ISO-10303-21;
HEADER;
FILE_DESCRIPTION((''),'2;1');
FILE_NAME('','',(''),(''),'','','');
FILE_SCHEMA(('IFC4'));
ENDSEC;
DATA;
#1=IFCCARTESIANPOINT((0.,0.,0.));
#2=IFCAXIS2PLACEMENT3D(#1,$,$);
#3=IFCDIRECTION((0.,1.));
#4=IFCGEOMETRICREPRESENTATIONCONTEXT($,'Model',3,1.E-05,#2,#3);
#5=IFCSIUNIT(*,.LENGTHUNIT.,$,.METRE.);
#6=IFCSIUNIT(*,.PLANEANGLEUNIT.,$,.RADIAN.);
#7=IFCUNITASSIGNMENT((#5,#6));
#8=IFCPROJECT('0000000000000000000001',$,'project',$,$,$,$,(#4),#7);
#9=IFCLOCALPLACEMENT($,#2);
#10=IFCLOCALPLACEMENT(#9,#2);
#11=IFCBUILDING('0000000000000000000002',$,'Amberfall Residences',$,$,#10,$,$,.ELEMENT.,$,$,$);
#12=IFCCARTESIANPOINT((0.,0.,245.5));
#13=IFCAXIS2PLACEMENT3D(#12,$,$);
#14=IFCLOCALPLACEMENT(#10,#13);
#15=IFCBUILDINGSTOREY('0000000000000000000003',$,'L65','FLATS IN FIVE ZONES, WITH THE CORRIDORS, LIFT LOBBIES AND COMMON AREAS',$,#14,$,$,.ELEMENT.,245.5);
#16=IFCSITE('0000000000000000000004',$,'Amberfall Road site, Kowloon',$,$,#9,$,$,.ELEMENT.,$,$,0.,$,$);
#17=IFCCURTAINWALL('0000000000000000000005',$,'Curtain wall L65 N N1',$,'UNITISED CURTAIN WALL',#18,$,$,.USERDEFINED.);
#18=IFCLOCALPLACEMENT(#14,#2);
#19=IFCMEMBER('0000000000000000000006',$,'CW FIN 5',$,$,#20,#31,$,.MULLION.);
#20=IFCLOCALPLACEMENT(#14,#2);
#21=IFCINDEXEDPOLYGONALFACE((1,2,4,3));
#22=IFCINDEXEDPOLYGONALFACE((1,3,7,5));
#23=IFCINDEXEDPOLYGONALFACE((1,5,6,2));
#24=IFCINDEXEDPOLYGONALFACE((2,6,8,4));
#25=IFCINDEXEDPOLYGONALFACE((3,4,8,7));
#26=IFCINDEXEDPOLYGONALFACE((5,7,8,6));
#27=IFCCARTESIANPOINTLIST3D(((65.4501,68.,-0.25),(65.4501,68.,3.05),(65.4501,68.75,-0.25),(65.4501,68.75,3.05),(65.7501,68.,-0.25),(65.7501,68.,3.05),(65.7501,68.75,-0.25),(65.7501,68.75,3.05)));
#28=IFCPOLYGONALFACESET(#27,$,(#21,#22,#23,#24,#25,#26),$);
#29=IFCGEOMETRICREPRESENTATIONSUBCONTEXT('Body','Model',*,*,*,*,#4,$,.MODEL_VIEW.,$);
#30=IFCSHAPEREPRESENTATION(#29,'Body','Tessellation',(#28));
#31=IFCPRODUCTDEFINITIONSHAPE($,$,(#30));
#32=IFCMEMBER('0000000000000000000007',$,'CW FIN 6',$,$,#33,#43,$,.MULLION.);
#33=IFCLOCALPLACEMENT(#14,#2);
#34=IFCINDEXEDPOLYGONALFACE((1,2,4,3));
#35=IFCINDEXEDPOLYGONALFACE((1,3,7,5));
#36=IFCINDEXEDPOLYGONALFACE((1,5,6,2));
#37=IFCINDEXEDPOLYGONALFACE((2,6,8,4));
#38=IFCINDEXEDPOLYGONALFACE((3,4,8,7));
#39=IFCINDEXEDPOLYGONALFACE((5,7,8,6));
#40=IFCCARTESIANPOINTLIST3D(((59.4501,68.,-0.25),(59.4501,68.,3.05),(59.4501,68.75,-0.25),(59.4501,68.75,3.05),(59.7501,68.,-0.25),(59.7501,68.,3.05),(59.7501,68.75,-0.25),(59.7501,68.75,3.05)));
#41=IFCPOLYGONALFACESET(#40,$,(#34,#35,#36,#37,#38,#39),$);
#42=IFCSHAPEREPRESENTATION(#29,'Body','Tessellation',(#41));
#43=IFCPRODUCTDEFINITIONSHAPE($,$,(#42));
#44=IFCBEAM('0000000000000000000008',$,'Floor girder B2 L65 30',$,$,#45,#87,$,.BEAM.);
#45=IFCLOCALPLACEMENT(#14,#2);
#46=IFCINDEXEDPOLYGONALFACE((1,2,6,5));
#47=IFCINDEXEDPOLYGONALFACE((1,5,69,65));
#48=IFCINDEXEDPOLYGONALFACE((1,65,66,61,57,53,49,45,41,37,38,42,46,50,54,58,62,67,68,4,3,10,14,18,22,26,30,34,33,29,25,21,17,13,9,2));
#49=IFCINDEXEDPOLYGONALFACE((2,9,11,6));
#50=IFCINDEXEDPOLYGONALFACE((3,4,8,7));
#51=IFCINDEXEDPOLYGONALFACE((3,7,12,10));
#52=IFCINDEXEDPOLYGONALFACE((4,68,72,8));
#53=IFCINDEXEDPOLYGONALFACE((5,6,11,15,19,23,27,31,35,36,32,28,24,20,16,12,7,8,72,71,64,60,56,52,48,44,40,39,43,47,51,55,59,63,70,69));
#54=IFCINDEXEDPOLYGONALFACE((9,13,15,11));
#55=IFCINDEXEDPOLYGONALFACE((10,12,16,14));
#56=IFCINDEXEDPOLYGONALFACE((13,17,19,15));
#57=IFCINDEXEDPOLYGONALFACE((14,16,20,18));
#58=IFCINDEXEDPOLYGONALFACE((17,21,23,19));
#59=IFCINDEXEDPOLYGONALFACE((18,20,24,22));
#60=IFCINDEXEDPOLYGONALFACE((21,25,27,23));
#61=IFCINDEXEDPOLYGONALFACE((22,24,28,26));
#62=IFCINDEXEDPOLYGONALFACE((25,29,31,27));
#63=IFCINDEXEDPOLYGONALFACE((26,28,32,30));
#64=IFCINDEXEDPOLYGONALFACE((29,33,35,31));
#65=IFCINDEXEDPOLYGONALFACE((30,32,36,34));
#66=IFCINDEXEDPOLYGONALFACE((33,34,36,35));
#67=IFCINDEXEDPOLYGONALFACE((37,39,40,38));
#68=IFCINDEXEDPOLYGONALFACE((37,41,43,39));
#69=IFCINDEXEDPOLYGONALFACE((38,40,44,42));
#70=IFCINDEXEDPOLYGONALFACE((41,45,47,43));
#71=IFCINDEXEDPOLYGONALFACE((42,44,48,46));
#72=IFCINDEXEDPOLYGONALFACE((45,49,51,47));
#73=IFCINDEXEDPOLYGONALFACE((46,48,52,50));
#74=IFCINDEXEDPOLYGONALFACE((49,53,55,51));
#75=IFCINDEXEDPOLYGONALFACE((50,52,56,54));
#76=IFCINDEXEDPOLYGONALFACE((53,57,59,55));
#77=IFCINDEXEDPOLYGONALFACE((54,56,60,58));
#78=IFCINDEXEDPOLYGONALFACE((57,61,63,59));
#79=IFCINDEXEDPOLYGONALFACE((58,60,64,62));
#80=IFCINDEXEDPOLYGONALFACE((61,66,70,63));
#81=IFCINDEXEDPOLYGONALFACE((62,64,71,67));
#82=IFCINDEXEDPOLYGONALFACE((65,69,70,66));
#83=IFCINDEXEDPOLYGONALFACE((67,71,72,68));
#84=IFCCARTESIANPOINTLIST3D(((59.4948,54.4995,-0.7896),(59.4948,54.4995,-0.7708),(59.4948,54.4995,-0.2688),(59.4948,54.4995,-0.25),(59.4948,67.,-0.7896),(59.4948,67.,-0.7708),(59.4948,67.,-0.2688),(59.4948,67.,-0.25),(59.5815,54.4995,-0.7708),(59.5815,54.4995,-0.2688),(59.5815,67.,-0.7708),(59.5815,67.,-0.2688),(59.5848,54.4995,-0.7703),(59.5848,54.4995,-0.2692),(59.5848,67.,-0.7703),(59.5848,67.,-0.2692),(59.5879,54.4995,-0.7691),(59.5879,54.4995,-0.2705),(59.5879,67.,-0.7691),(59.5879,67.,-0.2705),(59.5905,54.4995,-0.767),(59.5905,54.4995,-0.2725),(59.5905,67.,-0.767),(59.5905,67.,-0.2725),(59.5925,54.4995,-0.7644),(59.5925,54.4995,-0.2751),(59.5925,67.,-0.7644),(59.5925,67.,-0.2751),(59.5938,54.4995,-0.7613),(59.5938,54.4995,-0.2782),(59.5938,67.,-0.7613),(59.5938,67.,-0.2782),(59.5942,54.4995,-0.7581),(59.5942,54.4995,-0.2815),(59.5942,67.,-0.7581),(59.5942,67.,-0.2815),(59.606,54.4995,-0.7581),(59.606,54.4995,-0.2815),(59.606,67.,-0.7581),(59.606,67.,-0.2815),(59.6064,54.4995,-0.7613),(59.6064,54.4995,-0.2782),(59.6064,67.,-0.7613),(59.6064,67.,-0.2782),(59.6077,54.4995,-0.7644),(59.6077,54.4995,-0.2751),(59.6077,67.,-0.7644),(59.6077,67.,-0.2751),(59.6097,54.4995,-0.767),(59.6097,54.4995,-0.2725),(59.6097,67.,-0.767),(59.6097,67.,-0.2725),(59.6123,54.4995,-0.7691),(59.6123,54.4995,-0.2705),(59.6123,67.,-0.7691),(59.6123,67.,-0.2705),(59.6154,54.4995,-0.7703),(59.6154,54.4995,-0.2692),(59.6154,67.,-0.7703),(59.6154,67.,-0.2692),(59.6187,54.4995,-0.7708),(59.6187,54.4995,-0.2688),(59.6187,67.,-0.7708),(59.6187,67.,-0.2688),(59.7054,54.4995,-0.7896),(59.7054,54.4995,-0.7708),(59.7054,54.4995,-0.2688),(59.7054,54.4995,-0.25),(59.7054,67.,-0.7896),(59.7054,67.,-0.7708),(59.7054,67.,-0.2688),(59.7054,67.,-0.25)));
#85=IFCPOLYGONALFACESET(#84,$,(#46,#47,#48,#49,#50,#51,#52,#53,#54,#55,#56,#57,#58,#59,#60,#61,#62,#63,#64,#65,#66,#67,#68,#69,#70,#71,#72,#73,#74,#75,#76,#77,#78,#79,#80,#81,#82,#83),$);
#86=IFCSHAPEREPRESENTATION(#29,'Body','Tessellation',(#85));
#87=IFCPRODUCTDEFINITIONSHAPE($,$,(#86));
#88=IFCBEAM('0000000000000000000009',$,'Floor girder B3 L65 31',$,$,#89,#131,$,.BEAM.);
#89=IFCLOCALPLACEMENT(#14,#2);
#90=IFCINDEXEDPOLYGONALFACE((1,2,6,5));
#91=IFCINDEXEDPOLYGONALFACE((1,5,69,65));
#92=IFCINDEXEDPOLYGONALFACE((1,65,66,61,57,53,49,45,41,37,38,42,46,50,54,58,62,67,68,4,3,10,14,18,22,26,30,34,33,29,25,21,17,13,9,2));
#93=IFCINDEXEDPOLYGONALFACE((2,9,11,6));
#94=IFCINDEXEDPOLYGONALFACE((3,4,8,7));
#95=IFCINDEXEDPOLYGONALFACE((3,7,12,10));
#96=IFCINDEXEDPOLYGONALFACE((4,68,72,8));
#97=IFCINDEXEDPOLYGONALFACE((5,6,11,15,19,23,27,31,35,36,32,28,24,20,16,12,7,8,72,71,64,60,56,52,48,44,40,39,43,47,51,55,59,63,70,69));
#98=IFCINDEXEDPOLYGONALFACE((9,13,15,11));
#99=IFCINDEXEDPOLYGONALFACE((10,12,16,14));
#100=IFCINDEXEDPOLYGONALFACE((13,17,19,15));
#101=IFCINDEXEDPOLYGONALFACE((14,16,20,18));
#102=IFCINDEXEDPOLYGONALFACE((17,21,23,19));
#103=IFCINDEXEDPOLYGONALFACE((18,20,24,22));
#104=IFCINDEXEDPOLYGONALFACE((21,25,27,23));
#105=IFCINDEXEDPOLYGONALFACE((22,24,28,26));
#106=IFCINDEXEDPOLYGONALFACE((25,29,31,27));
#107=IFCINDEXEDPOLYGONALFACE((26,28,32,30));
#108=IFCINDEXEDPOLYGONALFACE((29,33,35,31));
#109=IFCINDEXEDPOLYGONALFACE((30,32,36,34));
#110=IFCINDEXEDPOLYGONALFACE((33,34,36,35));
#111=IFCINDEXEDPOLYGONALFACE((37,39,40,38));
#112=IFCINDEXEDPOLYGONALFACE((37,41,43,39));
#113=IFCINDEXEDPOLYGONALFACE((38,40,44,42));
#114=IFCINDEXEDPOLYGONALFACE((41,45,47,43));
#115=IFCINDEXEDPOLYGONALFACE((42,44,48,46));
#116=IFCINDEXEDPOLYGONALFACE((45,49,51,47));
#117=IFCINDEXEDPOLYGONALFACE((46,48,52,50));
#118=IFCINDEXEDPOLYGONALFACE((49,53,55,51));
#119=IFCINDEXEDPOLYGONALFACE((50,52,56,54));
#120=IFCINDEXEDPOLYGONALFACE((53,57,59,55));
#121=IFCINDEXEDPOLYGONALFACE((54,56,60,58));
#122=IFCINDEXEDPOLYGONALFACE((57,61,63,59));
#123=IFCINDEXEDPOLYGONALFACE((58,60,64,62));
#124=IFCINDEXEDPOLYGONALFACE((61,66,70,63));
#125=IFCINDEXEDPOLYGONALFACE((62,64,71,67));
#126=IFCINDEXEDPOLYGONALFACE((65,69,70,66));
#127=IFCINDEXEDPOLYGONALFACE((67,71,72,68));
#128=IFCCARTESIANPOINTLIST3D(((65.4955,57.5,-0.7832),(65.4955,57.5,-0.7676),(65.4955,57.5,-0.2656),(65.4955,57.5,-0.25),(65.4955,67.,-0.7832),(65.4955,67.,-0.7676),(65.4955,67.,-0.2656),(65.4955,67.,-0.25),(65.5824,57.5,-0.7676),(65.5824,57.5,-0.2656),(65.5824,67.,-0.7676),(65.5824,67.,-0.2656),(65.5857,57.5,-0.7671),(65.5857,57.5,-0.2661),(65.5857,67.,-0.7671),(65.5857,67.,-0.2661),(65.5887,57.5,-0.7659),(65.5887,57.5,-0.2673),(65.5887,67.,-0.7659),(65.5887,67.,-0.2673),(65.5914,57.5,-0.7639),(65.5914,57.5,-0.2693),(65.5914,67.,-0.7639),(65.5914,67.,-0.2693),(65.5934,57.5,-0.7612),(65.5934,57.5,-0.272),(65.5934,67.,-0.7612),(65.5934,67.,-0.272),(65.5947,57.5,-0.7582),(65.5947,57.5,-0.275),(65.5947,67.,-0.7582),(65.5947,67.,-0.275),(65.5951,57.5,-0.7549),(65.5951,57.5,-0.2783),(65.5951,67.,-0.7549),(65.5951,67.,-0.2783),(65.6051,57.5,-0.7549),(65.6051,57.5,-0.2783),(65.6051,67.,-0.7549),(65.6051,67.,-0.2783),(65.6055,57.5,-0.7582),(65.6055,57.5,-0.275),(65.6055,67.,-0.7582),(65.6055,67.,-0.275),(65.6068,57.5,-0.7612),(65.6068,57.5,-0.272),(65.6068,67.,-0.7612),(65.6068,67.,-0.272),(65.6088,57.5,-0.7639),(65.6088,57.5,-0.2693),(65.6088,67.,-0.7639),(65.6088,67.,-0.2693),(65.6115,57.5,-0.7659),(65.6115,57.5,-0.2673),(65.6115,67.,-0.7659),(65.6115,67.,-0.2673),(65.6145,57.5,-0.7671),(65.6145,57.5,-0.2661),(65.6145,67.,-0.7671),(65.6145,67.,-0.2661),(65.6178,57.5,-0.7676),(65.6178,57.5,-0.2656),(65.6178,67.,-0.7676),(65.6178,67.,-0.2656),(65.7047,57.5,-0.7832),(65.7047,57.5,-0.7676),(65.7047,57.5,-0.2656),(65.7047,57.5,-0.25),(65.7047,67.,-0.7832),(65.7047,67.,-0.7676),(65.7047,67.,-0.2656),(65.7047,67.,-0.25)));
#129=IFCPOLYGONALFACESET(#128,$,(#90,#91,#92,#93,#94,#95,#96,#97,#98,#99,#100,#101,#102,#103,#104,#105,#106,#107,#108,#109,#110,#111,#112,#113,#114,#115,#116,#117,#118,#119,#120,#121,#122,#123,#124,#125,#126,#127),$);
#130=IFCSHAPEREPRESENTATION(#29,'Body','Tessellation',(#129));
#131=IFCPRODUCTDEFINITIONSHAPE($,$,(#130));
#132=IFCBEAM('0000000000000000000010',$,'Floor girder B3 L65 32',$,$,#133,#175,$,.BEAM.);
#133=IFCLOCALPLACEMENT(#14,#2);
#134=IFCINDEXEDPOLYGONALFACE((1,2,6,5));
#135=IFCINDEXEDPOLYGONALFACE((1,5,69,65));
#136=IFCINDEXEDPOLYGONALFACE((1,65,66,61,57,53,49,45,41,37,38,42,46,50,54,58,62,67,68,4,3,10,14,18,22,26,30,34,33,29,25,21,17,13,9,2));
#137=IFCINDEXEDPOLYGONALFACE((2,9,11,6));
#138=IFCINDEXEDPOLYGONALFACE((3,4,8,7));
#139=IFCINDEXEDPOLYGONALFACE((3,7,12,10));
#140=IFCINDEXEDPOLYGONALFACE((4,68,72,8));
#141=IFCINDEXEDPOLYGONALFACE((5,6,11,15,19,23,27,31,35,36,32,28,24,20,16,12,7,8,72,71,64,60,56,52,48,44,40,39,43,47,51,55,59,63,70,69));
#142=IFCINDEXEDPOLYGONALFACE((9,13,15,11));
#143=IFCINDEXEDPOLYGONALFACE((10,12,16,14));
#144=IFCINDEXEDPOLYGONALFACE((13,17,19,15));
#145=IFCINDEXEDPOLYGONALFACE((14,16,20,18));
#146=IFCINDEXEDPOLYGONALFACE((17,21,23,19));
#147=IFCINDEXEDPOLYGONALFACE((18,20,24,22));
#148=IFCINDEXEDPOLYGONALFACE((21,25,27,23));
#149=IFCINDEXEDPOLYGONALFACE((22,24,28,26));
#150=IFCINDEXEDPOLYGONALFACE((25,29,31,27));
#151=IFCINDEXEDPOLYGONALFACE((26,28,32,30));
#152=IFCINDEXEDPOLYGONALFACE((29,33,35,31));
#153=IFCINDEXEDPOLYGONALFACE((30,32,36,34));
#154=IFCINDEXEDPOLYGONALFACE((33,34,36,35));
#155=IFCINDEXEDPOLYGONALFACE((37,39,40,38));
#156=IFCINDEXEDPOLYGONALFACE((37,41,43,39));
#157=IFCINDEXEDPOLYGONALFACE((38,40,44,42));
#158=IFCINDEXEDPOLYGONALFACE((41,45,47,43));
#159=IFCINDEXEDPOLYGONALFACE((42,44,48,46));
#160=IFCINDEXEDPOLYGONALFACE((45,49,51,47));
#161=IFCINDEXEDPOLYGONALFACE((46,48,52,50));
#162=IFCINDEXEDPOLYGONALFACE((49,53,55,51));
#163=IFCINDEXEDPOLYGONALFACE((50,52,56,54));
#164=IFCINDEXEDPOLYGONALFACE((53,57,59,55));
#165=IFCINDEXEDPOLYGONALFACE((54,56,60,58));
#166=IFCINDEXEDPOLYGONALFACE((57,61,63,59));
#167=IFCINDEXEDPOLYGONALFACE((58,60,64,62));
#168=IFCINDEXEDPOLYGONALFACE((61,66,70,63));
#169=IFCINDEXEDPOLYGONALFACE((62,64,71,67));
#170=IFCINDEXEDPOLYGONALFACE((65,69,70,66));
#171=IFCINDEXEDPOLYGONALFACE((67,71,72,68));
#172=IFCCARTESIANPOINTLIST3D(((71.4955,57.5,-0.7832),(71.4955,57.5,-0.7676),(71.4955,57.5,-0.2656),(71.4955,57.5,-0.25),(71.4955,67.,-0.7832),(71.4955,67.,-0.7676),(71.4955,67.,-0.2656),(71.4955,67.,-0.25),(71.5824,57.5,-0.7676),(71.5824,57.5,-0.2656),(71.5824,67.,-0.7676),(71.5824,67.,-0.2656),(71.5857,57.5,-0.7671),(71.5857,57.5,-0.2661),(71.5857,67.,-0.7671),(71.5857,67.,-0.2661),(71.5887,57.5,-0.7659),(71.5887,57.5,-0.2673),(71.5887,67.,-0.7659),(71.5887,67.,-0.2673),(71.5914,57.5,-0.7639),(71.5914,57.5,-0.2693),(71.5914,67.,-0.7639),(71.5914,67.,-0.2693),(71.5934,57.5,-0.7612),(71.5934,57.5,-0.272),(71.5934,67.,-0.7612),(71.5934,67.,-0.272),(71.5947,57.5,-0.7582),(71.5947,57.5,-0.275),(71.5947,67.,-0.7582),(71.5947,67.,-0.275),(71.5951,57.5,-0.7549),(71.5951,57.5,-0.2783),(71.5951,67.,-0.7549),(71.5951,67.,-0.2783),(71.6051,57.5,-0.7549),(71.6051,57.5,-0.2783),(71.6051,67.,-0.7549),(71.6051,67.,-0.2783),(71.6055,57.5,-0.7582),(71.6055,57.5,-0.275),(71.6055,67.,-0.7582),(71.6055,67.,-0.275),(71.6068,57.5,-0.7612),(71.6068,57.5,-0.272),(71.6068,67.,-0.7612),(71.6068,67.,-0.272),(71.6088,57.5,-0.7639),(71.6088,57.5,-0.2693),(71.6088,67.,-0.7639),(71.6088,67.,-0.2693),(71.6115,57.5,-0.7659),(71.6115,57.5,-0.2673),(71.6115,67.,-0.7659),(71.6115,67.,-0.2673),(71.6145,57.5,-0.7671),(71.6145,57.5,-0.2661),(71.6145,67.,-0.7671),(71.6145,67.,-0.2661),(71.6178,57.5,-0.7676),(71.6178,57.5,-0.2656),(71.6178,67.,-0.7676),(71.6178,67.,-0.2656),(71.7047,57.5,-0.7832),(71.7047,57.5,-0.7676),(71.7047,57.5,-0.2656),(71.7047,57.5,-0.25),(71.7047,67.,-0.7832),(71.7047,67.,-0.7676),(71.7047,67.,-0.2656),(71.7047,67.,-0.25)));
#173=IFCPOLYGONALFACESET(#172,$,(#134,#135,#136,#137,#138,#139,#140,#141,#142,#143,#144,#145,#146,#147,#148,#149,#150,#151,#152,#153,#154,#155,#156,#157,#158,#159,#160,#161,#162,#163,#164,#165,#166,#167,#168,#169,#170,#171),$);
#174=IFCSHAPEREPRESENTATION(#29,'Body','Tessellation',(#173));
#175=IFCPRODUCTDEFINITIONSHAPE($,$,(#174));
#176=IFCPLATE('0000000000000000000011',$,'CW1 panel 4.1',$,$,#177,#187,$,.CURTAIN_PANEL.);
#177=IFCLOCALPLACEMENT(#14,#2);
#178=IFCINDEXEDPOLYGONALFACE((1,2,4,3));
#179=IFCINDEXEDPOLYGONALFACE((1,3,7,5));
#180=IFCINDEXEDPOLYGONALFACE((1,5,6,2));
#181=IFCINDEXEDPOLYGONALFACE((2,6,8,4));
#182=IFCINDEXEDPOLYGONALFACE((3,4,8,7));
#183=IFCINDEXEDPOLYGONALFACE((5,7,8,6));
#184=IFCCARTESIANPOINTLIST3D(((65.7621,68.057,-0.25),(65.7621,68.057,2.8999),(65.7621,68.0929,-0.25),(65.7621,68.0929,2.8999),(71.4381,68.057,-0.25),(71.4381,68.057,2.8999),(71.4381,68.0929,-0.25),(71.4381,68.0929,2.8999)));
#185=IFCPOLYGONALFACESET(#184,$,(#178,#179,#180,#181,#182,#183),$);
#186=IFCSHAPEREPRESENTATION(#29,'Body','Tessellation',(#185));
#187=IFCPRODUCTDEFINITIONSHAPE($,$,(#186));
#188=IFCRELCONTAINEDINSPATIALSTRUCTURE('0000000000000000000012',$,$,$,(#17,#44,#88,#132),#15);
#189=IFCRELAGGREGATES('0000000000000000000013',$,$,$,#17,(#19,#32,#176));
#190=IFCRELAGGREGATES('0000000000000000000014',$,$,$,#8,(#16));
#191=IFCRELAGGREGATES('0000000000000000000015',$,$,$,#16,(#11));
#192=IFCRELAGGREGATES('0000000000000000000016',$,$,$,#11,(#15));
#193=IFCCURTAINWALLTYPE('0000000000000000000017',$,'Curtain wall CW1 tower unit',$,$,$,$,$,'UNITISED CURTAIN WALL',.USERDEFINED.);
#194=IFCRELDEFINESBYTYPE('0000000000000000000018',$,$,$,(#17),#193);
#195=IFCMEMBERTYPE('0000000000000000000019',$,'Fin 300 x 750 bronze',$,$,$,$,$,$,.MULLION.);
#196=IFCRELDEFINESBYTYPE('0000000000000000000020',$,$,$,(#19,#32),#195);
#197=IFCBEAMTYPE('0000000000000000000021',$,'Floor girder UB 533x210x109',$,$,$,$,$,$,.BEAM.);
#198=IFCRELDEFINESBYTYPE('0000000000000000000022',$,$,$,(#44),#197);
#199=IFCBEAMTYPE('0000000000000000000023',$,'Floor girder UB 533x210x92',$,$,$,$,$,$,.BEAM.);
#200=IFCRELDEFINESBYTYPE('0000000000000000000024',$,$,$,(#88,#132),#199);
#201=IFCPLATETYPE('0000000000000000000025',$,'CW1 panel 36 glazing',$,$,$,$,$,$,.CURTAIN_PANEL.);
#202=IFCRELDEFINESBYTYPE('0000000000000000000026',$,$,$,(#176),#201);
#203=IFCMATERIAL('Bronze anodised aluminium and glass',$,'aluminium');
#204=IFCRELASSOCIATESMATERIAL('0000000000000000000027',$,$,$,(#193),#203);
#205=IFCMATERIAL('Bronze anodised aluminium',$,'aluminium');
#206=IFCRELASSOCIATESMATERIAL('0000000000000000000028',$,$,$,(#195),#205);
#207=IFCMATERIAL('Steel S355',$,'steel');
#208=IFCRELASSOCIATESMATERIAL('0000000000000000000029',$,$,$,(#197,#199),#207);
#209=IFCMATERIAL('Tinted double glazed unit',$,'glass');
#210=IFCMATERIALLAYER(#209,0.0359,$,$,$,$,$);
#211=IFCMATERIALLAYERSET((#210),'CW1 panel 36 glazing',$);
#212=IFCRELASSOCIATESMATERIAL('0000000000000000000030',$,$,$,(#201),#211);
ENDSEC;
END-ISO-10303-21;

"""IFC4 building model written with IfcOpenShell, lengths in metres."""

from ifc_helpers import new_model, si_unit, direction, frame, origin, origin_2d, place, context, subcontext, project, spatial, rectangle, i_section, extrude, material, layer, layer_set, material_profile, profile_set, type_object, element, aggregate, save


model = new_model("IFC4")

# Units and contexts
model_context = context("Model", 3, precision=1e-05, world=origin(), true_north=direction((0.0, 1.0)))
body_context = subcontext(model_context, "Body", "Model", "MODEL_VIEW")
ifc_project = project(units=[si_unit("LENGTHUNIT", "METRE"), si_unit("PLANEANGLEUNIT", "RADIAN")], contexts=[model_context])

# Site, building, storey
site_placement = place(None, origin())
site = spatial("IfcSite", under=ifc_project, at=site_placement, Name="Amberfall Road site, Kowloon", CompositionType="ELEMENT", RefElevation=0.0)
building_placement = place(site_placement, origin())
building = spatial("IfcBuilding", under=site, at=building_placement, Name="Amberfall Residences", CompositionType="ELEMENT")
storey_placement = place(building_placement, frame((0.0, 0.0, 245.5)))
storey = spatial("IfcBuildingStorey", under=building, at=storey_placement, Name="L65", Description="FLATS IN FIVE ZONES, WITH THE CORRIDORS, LIFT LOBBIES AND COMMON AREAS", CompositionType="ELEMENT", Elevation=245.5)

# Curtain wall
ifc_material_1 = material(Name="Bronze anodised aluminium and glass", Category="aluminium")
curtain_wall_type = type_object("IfcCurtainWallType", Name="Curtain wall CW1 tower unit", ElementType="UNITISED CURTAIN WALL", PredefinedType="USERDEFINED", material=ifc_material_1)
curtain_wall_placement = place(storey_placement, origin())
curtain_wall = element("IfcCurtainWall", 1, at=curtain_wall_placement, inside=storey, type_object=curtain_wall_type, Name="Curtain wall L65 N N1", ObjectType="UNITISED CURTAIN WALL", PredefinedType="USERDEFINED")
ifc_material_2 = material(Name="Bronze anodised aluminium", Category="aluminium")

# Shared definitions
ifc_material_3 = material(Name="Steel S355", Category="steel")

# Members
ifc_material_profile_1 = material_profile(ifc_material_2, rectangle(XDim=0.75, YDim=0.3, at=origin_2d()), Name="Fin 300 x 750 bronze")
ifc_profile_set_1 = profile_set([ifc_material_profile_1], Name="Bronze anodised aluminium")
member_type_1 = type_object("IfcMemberType", Name="Fin 300 x 750 bronze", PredefinedType="MULLION", material=ifc_profile_set_1)
member_1_placement = place(storey_placement, frame((65.6001, 68.375, -0.25), z_axis=(0.0, 0.0, 1.0), x_axis=(0.0, -1.0, 0.0)))
member_1 = element("IfcMember", 2, at=member_1_placement, type_object=member_type_1, Name="CW FIN 5", PredefinedType="MULLION", context=body_context, shape_type="SweptSolid", body=[
    extrude(rectangle(XDim=0.75, YDim=0.3, at=origin_2d()), origin(), (0.0, 0.0, 1.0), 3.3),
])
member_2_placement = place(storey_placement, frame((59.6001, 68.375, -0.25), z_axis=(0.0, 0.0, 1.0), x_axis=(0.0, -1.0, 0.0)))
member_2 = element("IfcMember", 3, at=member_2_placement, type_object=member_type_1, Name="CW FIN 6", PredefinedType="MULLION", context=body_context, shape_type="SweptSolid", body=[
    extrude(rectangle(XDim=0.75, YDim=0.3, at=origin_2d()), origin(), (0.0, 0.0, 1.0), 3.3),
])

# Beams
ifc_material_profile_2 = material_profile(ifc_material_3, i_section(OverallWidth=0.2107, OverallDepth=0.5396, WebThickness=0.0117, FlangeThickness=0.0188, FilletRadius=0.0127, at=origin_2d()), Name="UB 533x210x109")
ifc_profile_set_2 = profile_set([ifc_material_profile_2], Name="Steel S355")
beam_type_1 = type_object("IfcBeamType", Name="Floor girder UB 533x210x109", PredefinedType="BEAM", material=ifc_profile_set_2)
beam_placement = place(storey_placement, frame((59.6001, 67.0, -0.5198), z_axis=(0.0, -1.0, 0.0), x_axis=(1.0, 0.0, 0.0)))
element("IfcBeam", 4, at=beam_placement, inside=storey, type_object=beam_type_1, Name="Floor girder B2 L65 30", PredefinedType="BEAM", context=body_context, shape_type="SweptSolid", body=[
    extrude(i_section(OverallWidth=0.2107, OverallDepth=0.5396, WebThickness=0.0117, FlangeThickness=0.0188, FilletRadius=0.0127, at=origin_2d()), origin(), (0.0, 0.0, 1.0), 12.5005),
])
ifc_material_profile_3 = material_profile(ifc_material_3, i_section(OverallWidth=0.2092, OverallDepth=0.5332, WebThickness=0.01, FlangeThickness=0.0156, FilletRadius=0.0127, at=origin_2d()), Name="UB 533x210x92")
ifc_profile_set_3 = profile_set([ifc_material_profile_3], Name="Steel S355")
beam_type_2 = type_object("IfcBeamType", Name="Floor girder UB 533x210x92", PredefinedType="BEAM", material=ifc_profile_set_3)
for number, where, z_axis, x_axis, name in (
    (5, (65.6001, 67.0, -0.5166), (0.0, -1.0, 0.0), (1.0, 0.0, 0.0), "Floor girder B3 L65 31"),
    (6, (71.6001, 67.0, -0.5166), (0.0, -1.0, 0.0), (1.0, 0.0, 0.0), "Floor girder B3 L65 32"),
):
    element("IfcBeam", number, at=place(storey_placement, frame(where, z_axis=z_axis, x_axis=x_axis)), inside=storey, type_object=beam_type_2, Name=name, PredefinedType="BEAM", context=body_context, shape_type="SweptSolid", body=[
        extrude(i_section(OverallWidth=0.2092, OverallDepth=0.5332, WebThickness=0.01, FlangeThickness=0.0156, FilletRadius=0.0127, at=origin_2d()), origin(), (0.0, 0.0, 1.0), 9.5),
    ])

# Plate
ifc_material_4 = material(Name="Tinted double glazed unit", Category="glass")
ifc_layer_1 = layer(ifc_material_4, 0.0359)
ifc_layer_set_1 = layer_set([ifc_layer_1], Name="CW1 panel 36 glazing")
plate_type = type_object("IfcPlateType", Name="CW1 panel 36 glazing", PredefinedType="CURTAIN_PANEL", material=ifc_layer_set_1)
plate_1_placement = place(storey_placement, frame((68.6001, 68.075, -0.25), z_axis=(0.0, 0.0, 1.0), x_axis=(-1.0, 0.0, 0.0)))
plate_1 = element("IfcPlate", 7, at=plate_1_placement, type_object=plate_type, Name="CW1 panel 4.1", PredefinedType="CURTAIN_PANEL", context=body_context, shape_type="SweptSolid", body=[
    extrude(rectangle(XDim=5.676, YDim=0.0359, at=origin_2d()), origin(), (0.0, 0.0, 1.0), 3.1499),
])
aggregate(curtain_wall, [member_1, member_2, plate_1])

save(model, "model.ifc")
